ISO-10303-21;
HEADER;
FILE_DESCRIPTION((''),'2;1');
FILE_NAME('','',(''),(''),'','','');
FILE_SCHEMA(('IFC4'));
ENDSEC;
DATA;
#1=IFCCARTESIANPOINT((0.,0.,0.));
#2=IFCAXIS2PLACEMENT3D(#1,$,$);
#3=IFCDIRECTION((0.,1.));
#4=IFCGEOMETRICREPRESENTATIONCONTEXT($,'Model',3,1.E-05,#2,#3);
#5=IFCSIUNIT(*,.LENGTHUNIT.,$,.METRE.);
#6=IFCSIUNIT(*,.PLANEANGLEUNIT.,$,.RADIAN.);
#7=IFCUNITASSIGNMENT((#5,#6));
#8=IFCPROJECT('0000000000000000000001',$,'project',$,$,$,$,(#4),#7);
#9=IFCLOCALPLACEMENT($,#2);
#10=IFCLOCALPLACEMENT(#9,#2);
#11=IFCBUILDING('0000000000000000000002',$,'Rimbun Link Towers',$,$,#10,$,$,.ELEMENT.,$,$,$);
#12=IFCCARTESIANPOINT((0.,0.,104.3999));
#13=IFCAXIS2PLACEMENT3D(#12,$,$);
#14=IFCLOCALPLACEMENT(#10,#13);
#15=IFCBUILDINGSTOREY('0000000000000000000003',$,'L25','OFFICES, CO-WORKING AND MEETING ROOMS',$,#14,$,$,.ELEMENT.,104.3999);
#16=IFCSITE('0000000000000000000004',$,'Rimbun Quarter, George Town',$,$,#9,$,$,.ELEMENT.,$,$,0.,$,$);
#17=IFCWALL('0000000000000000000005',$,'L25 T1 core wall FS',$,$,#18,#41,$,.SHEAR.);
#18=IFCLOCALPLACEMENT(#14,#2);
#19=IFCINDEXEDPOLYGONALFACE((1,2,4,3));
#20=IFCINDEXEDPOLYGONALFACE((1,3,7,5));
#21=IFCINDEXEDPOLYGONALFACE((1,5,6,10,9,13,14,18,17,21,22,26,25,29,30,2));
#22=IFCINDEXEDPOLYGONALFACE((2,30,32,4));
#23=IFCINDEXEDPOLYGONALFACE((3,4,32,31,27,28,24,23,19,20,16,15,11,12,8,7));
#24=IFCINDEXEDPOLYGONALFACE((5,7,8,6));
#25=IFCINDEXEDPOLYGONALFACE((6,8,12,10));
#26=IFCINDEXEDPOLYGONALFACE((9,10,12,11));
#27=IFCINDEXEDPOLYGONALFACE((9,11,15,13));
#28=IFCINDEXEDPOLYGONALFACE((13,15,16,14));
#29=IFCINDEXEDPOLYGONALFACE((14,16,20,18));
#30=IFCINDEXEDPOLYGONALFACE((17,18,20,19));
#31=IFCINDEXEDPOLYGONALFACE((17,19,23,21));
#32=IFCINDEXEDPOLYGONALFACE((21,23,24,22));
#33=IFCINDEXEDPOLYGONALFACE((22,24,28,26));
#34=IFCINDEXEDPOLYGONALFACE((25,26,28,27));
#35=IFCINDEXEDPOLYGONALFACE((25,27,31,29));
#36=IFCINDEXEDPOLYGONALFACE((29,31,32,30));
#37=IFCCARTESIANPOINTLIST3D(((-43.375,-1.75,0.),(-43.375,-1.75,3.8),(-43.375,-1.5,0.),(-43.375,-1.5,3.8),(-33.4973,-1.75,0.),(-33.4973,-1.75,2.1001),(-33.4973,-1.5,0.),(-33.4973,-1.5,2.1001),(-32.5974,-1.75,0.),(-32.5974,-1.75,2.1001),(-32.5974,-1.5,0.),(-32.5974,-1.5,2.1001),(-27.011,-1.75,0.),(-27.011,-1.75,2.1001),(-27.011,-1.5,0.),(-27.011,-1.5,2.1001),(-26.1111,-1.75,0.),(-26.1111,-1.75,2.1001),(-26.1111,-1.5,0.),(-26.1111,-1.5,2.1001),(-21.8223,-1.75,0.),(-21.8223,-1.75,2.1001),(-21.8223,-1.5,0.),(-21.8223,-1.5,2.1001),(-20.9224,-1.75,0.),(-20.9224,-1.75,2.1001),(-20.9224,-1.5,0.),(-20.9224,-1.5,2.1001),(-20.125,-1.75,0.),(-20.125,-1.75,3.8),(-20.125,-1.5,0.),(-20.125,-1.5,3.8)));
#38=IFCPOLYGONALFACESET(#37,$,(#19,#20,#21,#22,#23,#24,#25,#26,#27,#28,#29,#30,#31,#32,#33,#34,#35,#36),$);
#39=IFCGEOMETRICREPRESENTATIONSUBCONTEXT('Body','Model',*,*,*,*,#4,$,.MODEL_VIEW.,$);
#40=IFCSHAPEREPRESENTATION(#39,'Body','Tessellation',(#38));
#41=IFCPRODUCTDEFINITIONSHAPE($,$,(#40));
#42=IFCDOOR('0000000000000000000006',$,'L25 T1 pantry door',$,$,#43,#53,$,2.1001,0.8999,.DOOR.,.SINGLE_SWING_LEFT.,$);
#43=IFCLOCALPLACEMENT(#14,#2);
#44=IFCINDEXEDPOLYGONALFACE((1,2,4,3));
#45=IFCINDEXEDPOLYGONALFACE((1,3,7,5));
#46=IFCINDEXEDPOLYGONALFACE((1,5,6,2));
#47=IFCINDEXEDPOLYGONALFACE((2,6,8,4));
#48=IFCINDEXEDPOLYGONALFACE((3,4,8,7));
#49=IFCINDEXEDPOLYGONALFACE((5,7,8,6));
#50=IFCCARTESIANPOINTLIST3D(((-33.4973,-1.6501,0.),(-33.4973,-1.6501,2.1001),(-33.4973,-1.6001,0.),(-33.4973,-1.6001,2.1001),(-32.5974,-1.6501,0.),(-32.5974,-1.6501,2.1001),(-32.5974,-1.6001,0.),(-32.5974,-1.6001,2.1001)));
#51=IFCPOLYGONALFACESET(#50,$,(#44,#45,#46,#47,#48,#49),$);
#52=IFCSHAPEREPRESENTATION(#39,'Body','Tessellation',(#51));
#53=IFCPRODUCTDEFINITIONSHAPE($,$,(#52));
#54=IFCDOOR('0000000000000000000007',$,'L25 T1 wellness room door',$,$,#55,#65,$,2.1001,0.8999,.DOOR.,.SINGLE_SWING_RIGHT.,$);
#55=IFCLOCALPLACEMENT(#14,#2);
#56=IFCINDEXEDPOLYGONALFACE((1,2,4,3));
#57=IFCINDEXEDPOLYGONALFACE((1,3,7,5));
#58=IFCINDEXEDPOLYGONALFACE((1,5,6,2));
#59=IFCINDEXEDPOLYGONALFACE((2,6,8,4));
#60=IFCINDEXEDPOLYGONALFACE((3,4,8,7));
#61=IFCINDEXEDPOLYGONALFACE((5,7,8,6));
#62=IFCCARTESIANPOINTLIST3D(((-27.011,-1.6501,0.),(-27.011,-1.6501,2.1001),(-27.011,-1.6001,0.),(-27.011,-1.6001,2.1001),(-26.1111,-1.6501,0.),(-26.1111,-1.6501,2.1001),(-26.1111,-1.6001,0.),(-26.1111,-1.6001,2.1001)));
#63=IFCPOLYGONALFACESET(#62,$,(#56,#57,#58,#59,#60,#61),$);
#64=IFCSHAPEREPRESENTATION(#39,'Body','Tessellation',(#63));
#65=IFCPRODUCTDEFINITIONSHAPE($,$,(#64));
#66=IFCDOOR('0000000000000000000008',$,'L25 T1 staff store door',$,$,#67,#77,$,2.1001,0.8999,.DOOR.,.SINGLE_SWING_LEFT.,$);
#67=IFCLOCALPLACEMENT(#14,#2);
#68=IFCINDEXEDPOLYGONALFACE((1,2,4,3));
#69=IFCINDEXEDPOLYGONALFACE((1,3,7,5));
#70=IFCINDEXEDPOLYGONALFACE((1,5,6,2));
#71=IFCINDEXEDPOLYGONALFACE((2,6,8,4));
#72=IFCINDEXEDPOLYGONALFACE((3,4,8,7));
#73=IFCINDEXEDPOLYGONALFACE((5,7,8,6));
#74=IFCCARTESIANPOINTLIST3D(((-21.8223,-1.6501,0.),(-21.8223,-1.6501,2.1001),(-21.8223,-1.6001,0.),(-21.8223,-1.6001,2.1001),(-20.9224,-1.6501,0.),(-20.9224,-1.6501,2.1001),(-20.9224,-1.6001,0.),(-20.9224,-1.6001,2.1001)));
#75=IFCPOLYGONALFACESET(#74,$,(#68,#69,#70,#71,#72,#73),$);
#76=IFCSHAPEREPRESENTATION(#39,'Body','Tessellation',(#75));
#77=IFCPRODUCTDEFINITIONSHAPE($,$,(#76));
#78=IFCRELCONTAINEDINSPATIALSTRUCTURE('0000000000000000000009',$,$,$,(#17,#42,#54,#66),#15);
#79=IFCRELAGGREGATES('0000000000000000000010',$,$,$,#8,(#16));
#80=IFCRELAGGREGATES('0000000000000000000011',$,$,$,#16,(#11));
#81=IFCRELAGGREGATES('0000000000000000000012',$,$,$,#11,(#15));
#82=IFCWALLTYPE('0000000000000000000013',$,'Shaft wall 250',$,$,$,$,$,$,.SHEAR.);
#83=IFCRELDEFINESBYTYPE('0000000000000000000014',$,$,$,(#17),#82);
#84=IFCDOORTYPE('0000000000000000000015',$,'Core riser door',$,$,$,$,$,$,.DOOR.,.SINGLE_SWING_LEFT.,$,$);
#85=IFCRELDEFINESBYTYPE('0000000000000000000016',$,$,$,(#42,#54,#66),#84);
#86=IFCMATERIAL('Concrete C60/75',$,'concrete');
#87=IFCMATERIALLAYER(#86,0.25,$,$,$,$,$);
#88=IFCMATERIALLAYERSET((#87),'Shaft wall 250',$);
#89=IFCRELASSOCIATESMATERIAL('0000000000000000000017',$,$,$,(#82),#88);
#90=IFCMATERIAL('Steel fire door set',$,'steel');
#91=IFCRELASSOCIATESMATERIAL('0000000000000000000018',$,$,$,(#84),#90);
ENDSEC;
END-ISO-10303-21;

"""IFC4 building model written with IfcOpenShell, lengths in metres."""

from ifc_helpers import new_model, si_unit, direction, frame, frame_2d, origin, place, context, subcontext, project, spatial, rectangle, extrude, material, layer, layer_set, type_object, element, fill, save


model = new_model("IFC4")

# Units and contexts
model_context = context("Model", 3, precision=1e-05, world=origin(), true_north=direction((0.0, 1.0)))
body_context = subcontext(model_context, "Body", "Model", "MODEL_VIEW")
ifc_project = project(units=[si_unit("LENGTHUNIT", "METRE"), si_unit("PLANEANGLEUNIT", "RADIAN")], contexts=[model_context])

# Site, building, storey
site_placement = place(None, origin())
site = spatial("IfcSite", under=ifc_project, at=site_placement, Name="Rimbun Quarter, George Town", CompositionType="ELEMENT", RefElevation=0.0)
building_placement = place(site_placement, origin())
building = spatial("IfcBuilding", under=site, at=building_placement, Name="Rimbun Link Towers", CompositionType="ELEMENT")
storey_placement = place(building_placement, frame((0.0, 0.0, 104.3999)))
storey = spatial("IfcBuildingStorey", under=building, at=storey_placement, Name="L25", Description="OFFICES, CO-WORKING AND MEETING ROOMS", CompositionType="ELEMENT", Elevation=104.3999)

# Shared definitions
ifc_material_1 = material(Name="Concrete C60/75", Category="concrete")
ifc_layer_1 = layer(ifc_material_1, 0.25)
ifc_layer_set_1 = layer_set([ifc_layer_1], Name="Shaft wall 250")
wall_type_1 = type_object("IfcWallType", Name="Shaft wall 250", PredefinedType="SHEAR", material=ifc_layer_set_1)

# Wall, openings, doors
wall_1_placement = place(storey_placement, frame((-43.375, -1.625, 0.0), z_axis=(0.0, 0.0, 1.0), x_axis=(1.0, 0.0, 0.0)))
wall_1 = element("IfcWall", 1, at=wall_1_placement, inside=storey, type_object=wall_type_1, Name="L25 T1 core wall FS", PredefinedType="SHEAR", context=body_context, shape_type="SweptSolid", body=[
    extrude(rectangle(XDim=23.25, YDim=0.25, at=frame_2d((11.625, 0.0))), origin(), (0.0, 0.0, 1.0), 3.8),
])
opening_1_placement = place(wall_1_placement, frame((9.8777, 0.0, 0.0)))
opening_1 = element("IfcOpeningElement", 2, at=opening_1_placement, cuts=wall_1, PredefinedType="OPENING", context=body_context, shape_type="SweptSolid", body=[
    extrude(rectangle(XDim=0.8999, YDim=2.1001, at=frame_2d((0.45, 1.05))), frame((0.0, 0.135, 0.0), z_axis=(0.0, -1.0, 0.0), x_axis=(1.0, 0.0, 0.0)), (0.0, 0.0, 1.0), 0.27),
])
opening_2_placement = place(wall_1_placement, frame((16.364, 0.0, 0.0)))
opening_2 = element("IfcOpeningElement", 3, at=opening_2_placement, cuts=wall_1, PredefinedType="OPENING", context=body_context, shape_type="SweptSolid", body=[
    extrude(rectangle(XDim=0.8999, YDim=2.1001, at=frame_2d((0.45, 1.05))), frame((0.0, 0.135, 0.0), z_axis=(0.0, -1.0, 0.0), x_axis=(1.0, 0.0, 0.0)), (0.0, 0.0, 1.0), 0.27),
])
opening_3_placement = place(wall_1_placement, frame((21.5527, 0.0, 0.0)))
opening_3 = element("IfcOpeningElement", 4, at=opening_3_placement, cuts=wall_1, PredefinedType="OPENING", context=body_context, shape_type="SweptSolid", body=[
    extrude(rectangle(XDim=0.8999, YDim=2.1001, at=frame_2d((0.45, 1.05))), frame((0.0, 0.135, 0.0), z_axis=(0.0, -1.0, 0.0), x_axis=(1.0, 0.0, 0.0)), (0.0, 0.0, 1.0), 0.27),
])
ifc_material_2 = material(Name="Steel fire door set", Category="steel")
door_type_1 = type_object("IfcDoorType", Name="Core riser door", OperationType="SINGLE_SWING_LEFT", PredefinedType="DOOR", material=ifc_material_2)
door_1_placement = place(opening_1_placement, origin())
door_1 = element("IfcDoor", 5, at=door_1_placement, inside=storey, type_object=door_type_1, Name="L25 T1 pantry door", OperationType="SINGLE_SWING_LEFT", OverallHeight=2.1001, OverallWidth=0.8999, PredefinedType="DOOR", context=body_context, shape_type="SweptSolid", body=[
    extrude(rectangle(XDim=0.8999, YDim=2.1001, at=frame_2d((0.45, 1.05))), frame((0.0, 0.0249, 0.0), z_axis=(0.0, -1.0, 0.0), x_axis=(1.0, 0.0, 0.0)), (0.0, 0.0, 1.0), 0.05),
])
fill(opening_1, door_1)
door_2_placement = place(opening_2_placement, origin())
door_2 = element("IfcDoor", 6, at=door_2_placement, inside=storey, type_object=door_type_1, Name="L25 T1 wellness room door", OperationType="SINGLE_SWING_RIGHT", OverallHeight=2.1001, OverallWidth=0.8999, PredefinedType="DOOR", context=body_context, shape_type="SweptSolid", body=[
    extrude(rectangle(XDim=0.8999, YDim=2.1001, at=frame_2d((0.45, 1.05))), frame((0.0, 0.0249, 0.0), z_axis=(0.0, -1.0, 0.0), x_axis=(1.0, 0.0, 0.0)), (0.0, 0.0, 1.0), 0.05),
])
fill(opening_2, door_2)
door_3_placement = place(opening_3_placement, origin())
door_3 = element("IfcDoor", 7, at=door_3_placement, inside=storey, type_object=door_type_1, Name="L25 T1 staff store door", OperationType="SINGLE_SWING_LEFT", OverallHeight=2.1001, OverallWidth=0.8999, PredefinedType="DOOR", context=body_context, shape_type="SweptSolid", body=[
    extrude(rectangle(XDim=0.8999, YDim=2.1001, at=frame_2d((0.45, 1.05))), frame((0.0, 0.0249, 0.0), z_axis=(0.0, -1.0, 0.0), x_axis=(1.0, 0.0, 0.0)), (0.0, 0.0, 1.0), 0.05),
])
fill(opening_3, door_3)

save(model, "model.ifc")
